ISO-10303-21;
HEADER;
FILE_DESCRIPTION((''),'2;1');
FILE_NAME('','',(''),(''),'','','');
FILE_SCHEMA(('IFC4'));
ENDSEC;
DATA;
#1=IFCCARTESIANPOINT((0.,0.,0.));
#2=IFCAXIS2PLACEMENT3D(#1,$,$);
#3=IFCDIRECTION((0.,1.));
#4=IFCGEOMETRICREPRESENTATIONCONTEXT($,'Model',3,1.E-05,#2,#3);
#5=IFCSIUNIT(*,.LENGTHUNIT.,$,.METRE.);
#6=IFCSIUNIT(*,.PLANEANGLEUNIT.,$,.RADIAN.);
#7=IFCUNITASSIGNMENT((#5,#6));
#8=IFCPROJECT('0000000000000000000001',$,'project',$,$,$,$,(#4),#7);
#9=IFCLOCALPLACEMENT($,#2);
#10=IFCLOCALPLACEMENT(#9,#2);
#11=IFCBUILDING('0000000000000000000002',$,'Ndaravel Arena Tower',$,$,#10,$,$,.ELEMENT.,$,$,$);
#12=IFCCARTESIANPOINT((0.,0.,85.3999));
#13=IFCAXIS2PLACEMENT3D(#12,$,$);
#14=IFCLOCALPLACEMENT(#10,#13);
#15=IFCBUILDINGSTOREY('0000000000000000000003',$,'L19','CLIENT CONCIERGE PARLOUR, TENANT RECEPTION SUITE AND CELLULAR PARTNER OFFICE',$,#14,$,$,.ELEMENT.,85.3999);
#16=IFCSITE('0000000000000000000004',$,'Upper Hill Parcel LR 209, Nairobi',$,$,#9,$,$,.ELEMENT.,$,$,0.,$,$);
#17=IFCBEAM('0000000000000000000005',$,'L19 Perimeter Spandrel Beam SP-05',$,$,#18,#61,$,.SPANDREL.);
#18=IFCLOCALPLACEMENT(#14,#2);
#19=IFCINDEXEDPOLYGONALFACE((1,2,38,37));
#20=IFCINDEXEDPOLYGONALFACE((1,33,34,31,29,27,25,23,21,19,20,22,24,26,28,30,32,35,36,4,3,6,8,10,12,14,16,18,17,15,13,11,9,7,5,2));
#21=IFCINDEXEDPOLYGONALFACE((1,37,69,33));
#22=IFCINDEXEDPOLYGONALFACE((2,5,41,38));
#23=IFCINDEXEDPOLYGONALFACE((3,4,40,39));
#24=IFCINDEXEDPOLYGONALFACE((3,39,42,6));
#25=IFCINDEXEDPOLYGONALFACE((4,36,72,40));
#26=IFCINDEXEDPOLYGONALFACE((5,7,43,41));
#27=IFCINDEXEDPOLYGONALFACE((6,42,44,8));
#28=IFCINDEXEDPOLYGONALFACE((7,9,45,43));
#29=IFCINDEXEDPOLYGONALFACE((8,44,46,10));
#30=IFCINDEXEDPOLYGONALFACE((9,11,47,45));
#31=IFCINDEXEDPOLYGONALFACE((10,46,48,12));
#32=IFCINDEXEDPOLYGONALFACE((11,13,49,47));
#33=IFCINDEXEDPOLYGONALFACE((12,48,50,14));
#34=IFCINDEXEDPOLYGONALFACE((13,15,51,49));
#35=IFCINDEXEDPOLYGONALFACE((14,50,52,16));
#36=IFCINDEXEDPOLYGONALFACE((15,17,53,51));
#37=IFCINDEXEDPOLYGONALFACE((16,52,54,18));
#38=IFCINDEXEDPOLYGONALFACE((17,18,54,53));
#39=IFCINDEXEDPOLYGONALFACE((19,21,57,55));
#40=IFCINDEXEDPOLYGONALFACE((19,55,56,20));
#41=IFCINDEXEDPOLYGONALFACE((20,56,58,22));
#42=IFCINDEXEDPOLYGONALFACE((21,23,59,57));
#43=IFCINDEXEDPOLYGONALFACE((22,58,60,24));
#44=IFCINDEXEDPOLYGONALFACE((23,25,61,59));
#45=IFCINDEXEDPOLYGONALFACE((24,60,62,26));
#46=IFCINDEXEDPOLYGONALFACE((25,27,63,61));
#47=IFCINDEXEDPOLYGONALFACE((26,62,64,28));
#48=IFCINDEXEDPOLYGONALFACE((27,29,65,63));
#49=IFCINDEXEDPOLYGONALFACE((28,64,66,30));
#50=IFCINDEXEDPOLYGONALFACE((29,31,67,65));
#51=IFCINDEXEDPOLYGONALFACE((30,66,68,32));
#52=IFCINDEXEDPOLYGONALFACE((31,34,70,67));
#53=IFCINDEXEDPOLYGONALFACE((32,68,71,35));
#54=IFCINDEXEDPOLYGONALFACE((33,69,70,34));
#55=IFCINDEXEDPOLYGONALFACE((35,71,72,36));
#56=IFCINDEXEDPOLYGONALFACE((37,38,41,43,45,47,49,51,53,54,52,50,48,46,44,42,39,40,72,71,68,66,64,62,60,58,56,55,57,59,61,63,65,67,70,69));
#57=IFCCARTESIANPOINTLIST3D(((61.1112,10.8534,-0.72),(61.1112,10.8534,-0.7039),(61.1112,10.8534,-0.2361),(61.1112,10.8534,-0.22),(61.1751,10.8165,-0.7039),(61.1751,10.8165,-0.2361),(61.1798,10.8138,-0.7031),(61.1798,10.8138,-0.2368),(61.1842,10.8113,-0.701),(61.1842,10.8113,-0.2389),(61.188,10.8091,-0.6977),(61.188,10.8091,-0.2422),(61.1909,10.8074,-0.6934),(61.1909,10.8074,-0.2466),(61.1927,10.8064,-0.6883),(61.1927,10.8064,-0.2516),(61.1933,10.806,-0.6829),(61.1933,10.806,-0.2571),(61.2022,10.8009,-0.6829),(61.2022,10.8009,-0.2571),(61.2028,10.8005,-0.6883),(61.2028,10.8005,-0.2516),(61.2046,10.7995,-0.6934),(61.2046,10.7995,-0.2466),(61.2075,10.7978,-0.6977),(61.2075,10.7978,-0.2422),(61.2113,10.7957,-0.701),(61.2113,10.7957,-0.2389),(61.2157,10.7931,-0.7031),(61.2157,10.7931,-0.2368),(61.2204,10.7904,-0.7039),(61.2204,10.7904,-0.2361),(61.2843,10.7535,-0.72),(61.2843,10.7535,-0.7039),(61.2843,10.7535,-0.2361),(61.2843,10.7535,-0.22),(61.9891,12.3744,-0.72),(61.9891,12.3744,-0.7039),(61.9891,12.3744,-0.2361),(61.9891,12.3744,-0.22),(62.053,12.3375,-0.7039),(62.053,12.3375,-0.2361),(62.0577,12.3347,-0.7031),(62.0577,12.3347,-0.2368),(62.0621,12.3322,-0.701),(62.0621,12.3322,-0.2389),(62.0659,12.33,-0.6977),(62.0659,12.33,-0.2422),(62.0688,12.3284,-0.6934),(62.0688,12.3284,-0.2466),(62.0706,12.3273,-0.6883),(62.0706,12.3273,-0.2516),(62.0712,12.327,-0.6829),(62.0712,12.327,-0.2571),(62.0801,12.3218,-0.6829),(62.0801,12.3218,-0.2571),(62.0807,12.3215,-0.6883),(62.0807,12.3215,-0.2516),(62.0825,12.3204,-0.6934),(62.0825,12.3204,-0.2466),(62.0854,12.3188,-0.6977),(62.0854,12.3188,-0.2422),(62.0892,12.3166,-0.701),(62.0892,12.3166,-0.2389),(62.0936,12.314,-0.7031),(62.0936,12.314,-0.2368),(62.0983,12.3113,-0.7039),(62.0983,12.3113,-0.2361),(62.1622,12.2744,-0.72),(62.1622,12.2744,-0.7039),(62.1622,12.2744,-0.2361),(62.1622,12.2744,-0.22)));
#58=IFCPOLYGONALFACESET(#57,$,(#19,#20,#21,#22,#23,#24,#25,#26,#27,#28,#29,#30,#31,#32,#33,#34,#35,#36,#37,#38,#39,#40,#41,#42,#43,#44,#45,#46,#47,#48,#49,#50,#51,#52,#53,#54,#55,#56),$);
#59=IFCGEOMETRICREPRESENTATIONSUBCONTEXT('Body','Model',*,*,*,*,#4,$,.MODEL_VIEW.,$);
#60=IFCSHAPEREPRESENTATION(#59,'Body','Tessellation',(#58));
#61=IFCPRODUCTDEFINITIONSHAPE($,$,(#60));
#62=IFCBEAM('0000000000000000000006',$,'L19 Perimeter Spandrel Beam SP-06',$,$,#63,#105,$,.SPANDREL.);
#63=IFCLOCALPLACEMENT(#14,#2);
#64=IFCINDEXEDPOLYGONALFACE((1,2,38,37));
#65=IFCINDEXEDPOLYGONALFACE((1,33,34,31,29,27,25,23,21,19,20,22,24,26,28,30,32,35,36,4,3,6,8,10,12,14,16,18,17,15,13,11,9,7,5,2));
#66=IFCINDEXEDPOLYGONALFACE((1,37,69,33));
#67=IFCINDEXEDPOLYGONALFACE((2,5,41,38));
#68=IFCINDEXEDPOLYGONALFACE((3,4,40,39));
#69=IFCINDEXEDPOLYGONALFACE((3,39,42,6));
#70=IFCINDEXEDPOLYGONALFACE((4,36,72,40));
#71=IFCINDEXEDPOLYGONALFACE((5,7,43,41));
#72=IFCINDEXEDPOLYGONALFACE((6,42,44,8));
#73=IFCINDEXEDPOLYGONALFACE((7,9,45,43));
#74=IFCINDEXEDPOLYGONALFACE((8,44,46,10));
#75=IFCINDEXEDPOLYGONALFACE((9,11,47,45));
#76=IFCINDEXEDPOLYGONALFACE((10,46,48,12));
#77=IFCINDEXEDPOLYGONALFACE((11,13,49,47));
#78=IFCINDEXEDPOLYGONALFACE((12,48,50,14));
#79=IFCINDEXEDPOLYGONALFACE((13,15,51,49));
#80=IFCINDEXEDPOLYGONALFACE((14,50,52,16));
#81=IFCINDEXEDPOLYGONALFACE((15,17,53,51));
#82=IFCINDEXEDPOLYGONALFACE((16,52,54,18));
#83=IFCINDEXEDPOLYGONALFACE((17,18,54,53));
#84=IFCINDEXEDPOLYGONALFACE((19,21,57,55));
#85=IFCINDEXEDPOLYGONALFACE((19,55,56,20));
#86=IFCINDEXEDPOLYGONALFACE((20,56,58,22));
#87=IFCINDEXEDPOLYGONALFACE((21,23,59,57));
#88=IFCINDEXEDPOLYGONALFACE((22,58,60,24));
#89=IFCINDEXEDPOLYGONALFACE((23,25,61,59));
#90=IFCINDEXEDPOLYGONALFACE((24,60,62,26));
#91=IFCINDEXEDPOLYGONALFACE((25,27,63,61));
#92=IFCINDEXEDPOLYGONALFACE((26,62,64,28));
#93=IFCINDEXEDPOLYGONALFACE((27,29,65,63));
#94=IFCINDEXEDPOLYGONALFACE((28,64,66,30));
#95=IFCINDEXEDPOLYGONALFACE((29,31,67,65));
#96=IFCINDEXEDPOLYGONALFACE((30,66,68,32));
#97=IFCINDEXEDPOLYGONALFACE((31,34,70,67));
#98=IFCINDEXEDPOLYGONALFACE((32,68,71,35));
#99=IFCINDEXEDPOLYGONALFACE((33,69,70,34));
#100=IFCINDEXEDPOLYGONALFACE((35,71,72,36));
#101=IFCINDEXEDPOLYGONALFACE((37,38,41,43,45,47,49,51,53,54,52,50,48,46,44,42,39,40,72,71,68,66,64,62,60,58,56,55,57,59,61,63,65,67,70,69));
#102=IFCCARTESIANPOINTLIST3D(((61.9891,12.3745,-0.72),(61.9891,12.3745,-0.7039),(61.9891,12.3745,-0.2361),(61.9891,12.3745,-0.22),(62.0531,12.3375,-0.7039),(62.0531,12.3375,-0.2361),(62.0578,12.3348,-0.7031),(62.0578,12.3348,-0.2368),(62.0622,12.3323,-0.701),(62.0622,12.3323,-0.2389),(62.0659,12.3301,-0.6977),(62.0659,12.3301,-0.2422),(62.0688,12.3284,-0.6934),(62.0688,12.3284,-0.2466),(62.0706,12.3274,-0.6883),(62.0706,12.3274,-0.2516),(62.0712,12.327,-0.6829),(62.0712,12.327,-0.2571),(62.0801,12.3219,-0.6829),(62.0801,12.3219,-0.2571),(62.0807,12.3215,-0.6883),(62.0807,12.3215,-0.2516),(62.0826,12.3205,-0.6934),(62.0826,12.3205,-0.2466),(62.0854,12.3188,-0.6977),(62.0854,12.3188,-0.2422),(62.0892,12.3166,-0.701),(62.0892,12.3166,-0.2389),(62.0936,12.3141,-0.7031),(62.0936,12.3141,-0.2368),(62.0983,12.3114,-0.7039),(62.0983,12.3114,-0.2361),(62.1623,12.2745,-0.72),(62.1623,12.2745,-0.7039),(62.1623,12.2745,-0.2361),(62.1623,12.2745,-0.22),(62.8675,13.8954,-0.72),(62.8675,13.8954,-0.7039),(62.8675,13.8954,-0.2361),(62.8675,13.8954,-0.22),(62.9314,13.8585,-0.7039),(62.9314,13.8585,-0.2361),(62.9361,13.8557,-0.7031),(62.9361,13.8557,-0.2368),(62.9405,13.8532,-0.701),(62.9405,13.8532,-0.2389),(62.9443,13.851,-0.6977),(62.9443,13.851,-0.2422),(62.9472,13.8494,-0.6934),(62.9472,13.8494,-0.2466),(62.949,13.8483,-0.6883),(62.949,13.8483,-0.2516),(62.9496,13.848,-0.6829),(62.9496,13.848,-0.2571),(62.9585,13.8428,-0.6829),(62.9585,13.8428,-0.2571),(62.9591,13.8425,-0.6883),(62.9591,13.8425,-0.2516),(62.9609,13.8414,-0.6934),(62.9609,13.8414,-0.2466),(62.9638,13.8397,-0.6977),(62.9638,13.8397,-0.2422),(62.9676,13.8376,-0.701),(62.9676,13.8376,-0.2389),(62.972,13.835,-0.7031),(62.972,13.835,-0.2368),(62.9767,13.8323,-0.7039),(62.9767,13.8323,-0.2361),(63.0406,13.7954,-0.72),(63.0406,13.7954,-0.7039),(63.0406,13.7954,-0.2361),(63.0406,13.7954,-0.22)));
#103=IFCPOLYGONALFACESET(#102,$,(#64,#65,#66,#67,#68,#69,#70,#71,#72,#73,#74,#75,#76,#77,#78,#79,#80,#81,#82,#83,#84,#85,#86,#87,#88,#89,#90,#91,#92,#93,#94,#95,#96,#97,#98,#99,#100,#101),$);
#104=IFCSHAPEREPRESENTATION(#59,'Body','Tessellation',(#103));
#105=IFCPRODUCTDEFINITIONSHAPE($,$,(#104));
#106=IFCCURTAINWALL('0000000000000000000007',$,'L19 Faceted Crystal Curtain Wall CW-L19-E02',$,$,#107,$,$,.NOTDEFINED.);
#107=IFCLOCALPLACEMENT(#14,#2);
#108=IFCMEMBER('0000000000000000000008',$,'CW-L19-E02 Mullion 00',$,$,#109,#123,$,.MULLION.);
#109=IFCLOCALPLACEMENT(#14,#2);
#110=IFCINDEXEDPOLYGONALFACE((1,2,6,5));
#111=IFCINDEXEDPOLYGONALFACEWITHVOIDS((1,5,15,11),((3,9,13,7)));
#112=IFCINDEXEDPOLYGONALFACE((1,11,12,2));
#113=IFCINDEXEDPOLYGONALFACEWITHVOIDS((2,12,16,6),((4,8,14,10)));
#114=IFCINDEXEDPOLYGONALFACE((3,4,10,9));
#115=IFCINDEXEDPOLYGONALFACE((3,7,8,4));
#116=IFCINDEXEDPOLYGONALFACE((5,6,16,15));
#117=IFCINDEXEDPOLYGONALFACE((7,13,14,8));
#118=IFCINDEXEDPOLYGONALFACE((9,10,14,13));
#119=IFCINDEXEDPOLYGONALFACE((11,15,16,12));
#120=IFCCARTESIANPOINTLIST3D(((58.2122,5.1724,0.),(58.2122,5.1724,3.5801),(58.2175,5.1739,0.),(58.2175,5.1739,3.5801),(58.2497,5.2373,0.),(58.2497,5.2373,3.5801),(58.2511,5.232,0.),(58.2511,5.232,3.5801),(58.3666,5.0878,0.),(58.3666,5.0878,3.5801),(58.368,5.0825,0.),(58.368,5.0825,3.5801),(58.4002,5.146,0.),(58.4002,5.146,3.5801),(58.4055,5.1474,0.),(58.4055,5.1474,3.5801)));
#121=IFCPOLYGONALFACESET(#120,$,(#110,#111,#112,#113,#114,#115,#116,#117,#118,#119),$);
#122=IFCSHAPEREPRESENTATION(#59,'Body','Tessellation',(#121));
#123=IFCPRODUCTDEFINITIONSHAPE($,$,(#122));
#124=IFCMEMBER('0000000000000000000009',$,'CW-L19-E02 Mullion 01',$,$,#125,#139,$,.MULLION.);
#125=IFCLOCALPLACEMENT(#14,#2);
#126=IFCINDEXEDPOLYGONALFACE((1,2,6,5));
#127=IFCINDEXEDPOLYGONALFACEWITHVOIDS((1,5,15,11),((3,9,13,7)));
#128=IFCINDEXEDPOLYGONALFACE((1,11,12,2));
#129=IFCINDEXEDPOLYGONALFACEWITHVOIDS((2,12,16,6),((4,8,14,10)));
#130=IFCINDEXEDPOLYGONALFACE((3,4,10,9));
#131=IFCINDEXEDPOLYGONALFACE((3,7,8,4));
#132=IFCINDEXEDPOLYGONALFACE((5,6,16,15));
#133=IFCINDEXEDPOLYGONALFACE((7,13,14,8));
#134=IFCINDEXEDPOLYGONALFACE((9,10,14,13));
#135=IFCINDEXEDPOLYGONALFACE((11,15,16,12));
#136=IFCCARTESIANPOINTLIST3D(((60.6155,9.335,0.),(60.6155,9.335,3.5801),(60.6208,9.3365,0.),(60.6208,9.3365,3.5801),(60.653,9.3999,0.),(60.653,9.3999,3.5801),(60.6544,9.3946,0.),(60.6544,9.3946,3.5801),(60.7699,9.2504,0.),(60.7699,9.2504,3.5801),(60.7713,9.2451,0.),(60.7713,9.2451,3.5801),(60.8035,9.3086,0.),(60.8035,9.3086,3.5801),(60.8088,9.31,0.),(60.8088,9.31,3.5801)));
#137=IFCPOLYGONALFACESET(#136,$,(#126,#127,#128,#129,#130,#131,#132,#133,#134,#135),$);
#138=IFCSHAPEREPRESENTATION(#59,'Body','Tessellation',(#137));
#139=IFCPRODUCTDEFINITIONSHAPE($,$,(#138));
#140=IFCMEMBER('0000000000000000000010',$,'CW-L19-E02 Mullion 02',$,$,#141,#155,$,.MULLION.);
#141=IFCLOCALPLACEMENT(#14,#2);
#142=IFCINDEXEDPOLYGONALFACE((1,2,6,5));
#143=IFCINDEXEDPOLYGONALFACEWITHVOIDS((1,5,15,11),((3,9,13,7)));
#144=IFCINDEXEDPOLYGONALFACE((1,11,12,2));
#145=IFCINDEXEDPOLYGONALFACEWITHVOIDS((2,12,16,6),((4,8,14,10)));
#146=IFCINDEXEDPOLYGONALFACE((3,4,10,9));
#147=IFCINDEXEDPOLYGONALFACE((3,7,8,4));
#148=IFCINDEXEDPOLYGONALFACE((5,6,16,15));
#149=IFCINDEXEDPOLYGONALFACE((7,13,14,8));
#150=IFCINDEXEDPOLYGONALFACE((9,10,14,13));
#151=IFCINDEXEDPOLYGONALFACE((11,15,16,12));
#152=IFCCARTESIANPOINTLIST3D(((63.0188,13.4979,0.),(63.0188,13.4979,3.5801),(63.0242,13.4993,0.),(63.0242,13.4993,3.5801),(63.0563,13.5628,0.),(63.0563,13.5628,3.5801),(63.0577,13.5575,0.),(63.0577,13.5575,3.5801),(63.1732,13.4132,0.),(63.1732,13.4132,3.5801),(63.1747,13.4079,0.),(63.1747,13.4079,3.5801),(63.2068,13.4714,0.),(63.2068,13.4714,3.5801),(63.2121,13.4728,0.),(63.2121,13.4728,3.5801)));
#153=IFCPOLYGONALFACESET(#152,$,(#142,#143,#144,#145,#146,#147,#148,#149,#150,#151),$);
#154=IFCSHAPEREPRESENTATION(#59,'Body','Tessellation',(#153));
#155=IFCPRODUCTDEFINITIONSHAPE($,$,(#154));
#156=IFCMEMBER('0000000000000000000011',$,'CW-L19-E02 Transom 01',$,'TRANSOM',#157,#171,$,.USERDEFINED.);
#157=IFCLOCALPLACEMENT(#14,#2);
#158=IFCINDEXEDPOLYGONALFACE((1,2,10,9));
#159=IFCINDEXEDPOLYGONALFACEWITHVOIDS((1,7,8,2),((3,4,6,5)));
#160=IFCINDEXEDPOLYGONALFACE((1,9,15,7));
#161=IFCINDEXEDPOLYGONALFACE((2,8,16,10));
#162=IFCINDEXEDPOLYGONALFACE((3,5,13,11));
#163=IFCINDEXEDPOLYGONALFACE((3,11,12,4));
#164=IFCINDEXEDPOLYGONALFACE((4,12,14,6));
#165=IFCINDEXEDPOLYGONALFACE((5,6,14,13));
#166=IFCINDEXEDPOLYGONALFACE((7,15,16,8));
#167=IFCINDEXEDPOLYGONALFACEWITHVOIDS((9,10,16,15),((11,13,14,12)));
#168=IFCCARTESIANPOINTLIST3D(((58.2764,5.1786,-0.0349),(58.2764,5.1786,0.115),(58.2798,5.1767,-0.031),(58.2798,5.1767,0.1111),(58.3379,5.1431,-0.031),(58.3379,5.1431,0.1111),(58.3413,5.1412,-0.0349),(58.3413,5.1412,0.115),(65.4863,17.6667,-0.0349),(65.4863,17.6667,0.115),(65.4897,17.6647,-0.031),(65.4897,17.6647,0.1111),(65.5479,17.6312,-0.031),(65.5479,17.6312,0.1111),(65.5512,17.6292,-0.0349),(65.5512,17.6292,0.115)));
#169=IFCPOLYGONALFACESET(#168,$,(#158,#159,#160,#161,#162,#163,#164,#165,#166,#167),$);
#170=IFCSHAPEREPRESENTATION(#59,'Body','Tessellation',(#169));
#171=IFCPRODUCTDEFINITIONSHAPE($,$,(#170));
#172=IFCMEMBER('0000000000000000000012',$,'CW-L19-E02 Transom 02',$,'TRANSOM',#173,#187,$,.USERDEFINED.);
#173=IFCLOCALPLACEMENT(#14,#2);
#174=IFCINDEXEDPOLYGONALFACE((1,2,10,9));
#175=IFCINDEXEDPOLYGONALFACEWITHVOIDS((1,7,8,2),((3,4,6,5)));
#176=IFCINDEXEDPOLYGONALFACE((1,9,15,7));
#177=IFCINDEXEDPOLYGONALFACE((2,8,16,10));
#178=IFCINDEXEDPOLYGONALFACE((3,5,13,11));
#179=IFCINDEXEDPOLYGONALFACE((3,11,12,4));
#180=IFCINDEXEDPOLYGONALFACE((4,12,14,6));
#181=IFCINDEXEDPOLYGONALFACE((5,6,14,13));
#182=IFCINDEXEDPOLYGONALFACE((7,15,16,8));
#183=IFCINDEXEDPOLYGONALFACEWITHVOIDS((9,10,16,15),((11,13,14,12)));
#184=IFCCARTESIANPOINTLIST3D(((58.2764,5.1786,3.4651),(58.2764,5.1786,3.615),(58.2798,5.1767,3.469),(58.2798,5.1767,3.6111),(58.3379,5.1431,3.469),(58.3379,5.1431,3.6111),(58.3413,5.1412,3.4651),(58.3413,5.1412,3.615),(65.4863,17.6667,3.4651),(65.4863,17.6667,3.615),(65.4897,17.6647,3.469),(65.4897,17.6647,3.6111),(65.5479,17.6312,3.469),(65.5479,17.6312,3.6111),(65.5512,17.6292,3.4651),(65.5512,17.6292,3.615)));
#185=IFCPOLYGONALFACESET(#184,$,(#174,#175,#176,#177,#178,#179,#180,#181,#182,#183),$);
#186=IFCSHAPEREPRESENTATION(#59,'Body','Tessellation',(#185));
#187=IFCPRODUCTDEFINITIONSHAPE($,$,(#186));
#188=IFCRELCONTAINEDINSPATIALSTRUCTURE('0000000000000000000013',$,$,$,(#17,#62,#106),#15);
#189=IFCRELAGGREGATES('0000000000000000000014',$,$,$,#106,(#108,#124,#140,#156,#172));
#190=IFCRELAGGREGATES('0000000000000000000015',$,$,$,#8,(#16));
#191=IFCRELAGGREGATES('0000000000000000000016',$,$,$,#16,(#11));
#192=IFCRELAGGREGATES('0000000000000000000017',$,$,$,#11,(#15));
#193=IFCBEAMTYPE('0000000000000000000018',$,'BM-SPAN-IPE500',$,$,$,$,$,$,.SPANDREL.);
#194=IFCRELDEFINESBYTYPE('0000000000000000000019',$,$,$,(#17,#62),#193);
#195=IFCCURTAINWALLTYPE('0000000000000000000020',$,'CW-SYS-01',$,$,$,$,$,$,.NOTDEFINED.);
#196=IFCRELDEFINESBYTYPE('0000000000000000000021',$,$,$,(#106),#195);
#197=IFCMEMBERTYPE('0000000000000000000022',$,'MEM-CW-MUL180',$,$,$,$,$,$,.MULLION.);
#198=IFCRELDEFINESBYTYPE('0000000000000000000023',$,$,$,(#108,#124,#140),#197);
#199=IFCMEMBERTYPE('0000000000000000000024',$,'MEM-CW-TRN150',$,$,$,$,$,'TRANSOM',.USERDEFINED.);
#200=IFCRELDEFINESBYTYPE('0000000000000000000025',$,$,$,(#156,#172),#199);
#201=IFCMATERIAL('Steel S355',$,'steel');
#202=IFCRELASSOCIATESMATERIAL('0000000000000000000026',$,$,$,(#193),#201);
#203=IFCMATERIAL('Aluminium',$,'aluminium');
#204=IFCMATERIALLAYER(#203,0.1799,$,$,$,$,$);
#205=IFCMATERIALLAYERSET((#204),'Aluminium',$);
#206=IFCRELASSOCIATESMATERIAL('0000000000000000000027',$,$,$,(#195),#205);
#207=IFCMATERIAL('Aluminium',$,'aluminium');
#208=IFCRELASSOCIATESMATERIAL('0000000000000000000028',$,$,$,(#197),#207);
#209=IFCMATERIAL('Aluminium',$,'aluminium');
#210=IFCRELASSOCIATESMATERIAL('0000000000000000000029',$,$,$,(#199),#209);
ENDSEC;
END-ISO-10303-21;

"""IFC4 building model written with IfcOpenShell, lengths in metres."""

from ifc_helpers import new_model, si_unit, direction, frame, origin, origin_2d, place, context, subcontext, project, spatial, hollow_rectangle, i_section, extrude, material, layer, layer_set, material_profile, profile_set, type_object, element, aggregate, save


model = new_model("IFC4")

# Units and contexts
model_context = context("Model", 3, precision=1e-05, world=origin(), true_north=direction((0.0, 1.0)))
body_context = subcontext(model_context, "Body", "Model", "MODEL_VIEW")
ifc_project = project(units=[si_unit("LENGTHUNIT", "METRE"), si_unit("PLANEANGLEUNIT", "RADIAN")], contexts=[model_context])

# Site, building, storey
site_placement = place(None, origin())
site = spatial("IfcSite", under=ifc_project, at=site_placement, Name="Upper Hill Parcel LR 209, Nairobi", CompositionType="ELEMENT", RefElevation=0.0)
building_placement = place(site_placement, origin())
building = spatial("IfcBuilding", under=site, at=building_placement, Name="Ndaravel Arena Tower", CompositionType="ELEMENT")
storey_placement = place(building_placement, frame((0.0, 0.0, 85.3999)))
storey = spatial("IfcBuildingStorey", under=building, at=storey_placement, Name="L19", Description="CLIENT CONCIERGE PARLOUR, TENANT RECEPTION SUITE AND CELLULAR PARTNER OFFICE", CompositionType="ELEMENT", Elevation=85.3999)

# Beams
ifc_material_1 = material(Name="Steel S355", Category="steel")
ifc_material_profile_1 = material_profile(ifc_material_1, i_section(OverallWidth=0.2, OverallDepth=0.5, WebThickness=0.0103, FlangeThickness=0.0161, FilletRadius=0.021, at=origin_2d()), Name="IPE 500")
ifc_profile_set_1 = profile_set([ifc_material_profile_1], Name="Steel S355")
beam_type = type_object("IfcBeamType", Name="BM-SPAN-IPE500", PredefinedType="SPANDREL", material=ifc_profile_set_1)
beam_1_placement = place(storey_placement, frame((61.1978, 10.8035, -0.47), z_axis=(0.499907, 0.866079, 0.0), x_axis=(-0.866079, 0.499907, 0.0)))
element("IfcBeam", 1, at=beam_1_placement, inside=storey, type_object=beam_type, Name="L19 Perimeter Spandrel Beam SP-05", PredefinedType="SPANDREL", context=body_context, shape_type="SweptSolid", body=[
    extrude(i_section(OverallWidth=0.2, OverallDepth=0.5, WebThickness=0.0103, FlangeThickness=0.0161, FilletRadius=0.021, at=origin_2d()), origin(), (0.0, 0.0, 1.0), 1.7561),
])
beam_2_placement = place(storey_placement, frame((62.0757, 12.3245, -0.47), z_axis=(0.500115, 0.865959, 0.0), x_axis=(-0.865959, 0.500115, 0.0)))
element("IfcBeam", 2, at=beam_2_placement, inside=storey, type_object=beam_type, Name="L19 Perimeter Spandrel Beam SP-06", PredefinedType="SPANDREL", context=body_context, shape_type="SweptSolid", body=[
    extrude(i_section(OverallWidth=0.2, OverallDepth=0.5, WebThickness=0.0103, FlangeThickness=0.0161, FilletRadius=0.021, at=origin_2d()), origin(), (0.0, 0.0, 1.0), 1.7563),
])

# Curtain wall, members
ifc_material_2 = material(Name="Aluminium", Category="aluminium")
ifc_layer_1 = layer(ifc_material_2, 0.1799)
ifc_layer_set_1 = layer_set([ifc_layer_1], Name="Aluminium")
curtain_wall_type = type_object("IfcCurtainWallType", Name="CW-SYS-01", PredefinedType="NOTDEFINED", material=ifc_layer_set_1)
curtain_wall_placement = place(storey_placement, origin())
curtain_wall = element("IfcCurtainWall", 3, at=curtain_wall_placement, inside=storey, type_object=curtain_wall_type, Name="L19 Faceted Crystal Curtain Wall CW-L19-E02", PredefinedType="NOTDEFINED")
ifc_material_3 = material(Name="Aluminium", Category="aluminium")
ifc_material_profile_2 = material_profile(ifc_material_3, hollow_rectangle(XDim=0.075, YDim=0.1799, WallThickness=0.0039, at=origin_2d()), Name="CW MULLION 75x180x4")
ifc_profile_set_2 = profile_set([ifc_material_profile_2], Name="Aluminium")
member_type_1 = type_object("IfcMemberType", Name="MEM-CW-MUL180", PredefinedType="MULLION", material=ifc_profile_set_2)
member_1_placement = place(storey_placement, frame((58.3088, 5.1599, 0.0), z_axis=(0.0, 0.0, 1.0), x_axis=(0.5, 0.866025, 0.0)))
member_1 = element("IfcMember", 4, at=member_1_placement, type_object=member_type_1, Name="CW-L19-E02 Mullion 00", PredefinedType="MULLION", context=body_context, shape_type="SweptSolid", body=[
    extrude(hollow_rectangle(XDim=0.075, YDim=0.1799, WallThickness=0.0039, at=origin_2d()), origin(), (0.0, 0.0, 1.0), 3.5801),
])
member_2_placement = place(storey_placement, frame((60.7122, 9.3225, 0.0), z_axis=(0.0, 0.0, 1.0), x_axis=(0.5, 0.866025, 0.0)))
member_2 = element("IfcMember", 5, at=member_2_placement, type_object=member_type_1, Name="CW-L19-E02 Mullion 01", PredefinedType="MULLION", context=body_context, shape_type="SweptSolid", body=[
    extrude(hollow_rectangle(XDim=0.075, YDim=0.1799, WallThickness=0.0039, at=origin_2d()), origin(), (0.0, 0.0, 1.0), 3.5801),
])
member_3_placement = place(storey_placement, frame((63.1155, 13.4854, 0.0), z_axis=(0.0, 0.0, 1.0), x_axis=(0.5, 0.866025, 0.0)))
member_3 = element("IfcMember", 6, at=member_3_placement, type_object=member_type_1, Name="CW-L19-E02 Mullion 02", PredefinedType="MULLION", context=body_context, shape_type="SweptSolid", body=[
    extrude(hollow_rectangle(XDim=0.075, YDim=0.1799, WallThickness=0.0039, at=origin_2d()), origin(), (0.0, 0.0, 1.0), 3.5801),
])
ifc_material_4 = material(Name="Aluminium", Category="aluminium")
ifc_material_profile_3 = material_profile(ifc_material_4, hollow_rectangle(XDim=0.075, YDim=0.1499, WallThickness=0.0039, at=origin_2d()), Name="CW TRANSOM 75x150x4")
ifc_profile_set_3 = profile_set([ifc_material_profile_3], Name="Aluminium")
member_type_2 = type_object("IfcMemberType", Name="MEM-CW-TRN150", ElementType="TRANSOM", PredefinedType="USERDEFINED", material=ifc_profile_set_3)
member_4_placement = place(storey_placement, frame((58.3088, 5.1599, 0.04), z_axis=(0.499999, 0.866026, 0.0), x_axis=(-0.866026, 0.499999, 0.0)))
member_4 = element("IfcMember", 7, at=member_4_placement, type_object=member_type_2, Name="CW-L19-E02 Transom 01", ObjectType="TRANSOM", PredefinedType="USERDEFINED", context=body_context, shape_type="SweptSolid", body=[
    extrude(hollow_rectangle(XDim=0.075, YDim=0.1499, WallThickness=0.0039, at=origin_2d()), origin(), (0.0, 0.0, 1.0), 14.4199),
])
member_5_placement = place(storey_placement, frame((58.3088, 5.1599, 3.54), z_axis=(0.499999, 0.866026, 0.0), x_axis=(-0.866026, 0.499999, 0.0)))
member_5 = element("IfcMember", 8, at=member_5_placement, type_object=member_type_2, Name="CW-L19-E02 Transom 02", ObjectType="TRANSOM", PredefinedType="USERDEFINED", context=body_context, shape_type="SweptSolid", body=[
    extrude(hollow_rectangle(XDim=0.075, YDim=0.1499, WallThickness=0.0039, at=origin_2d()), origin(), (0.0, 0.0, 1.0), 14.4199),
])
aggregate(curtain_wall, [member_1, member_2, member_3, member_4, member_5])

save(model, "model.ifc")
